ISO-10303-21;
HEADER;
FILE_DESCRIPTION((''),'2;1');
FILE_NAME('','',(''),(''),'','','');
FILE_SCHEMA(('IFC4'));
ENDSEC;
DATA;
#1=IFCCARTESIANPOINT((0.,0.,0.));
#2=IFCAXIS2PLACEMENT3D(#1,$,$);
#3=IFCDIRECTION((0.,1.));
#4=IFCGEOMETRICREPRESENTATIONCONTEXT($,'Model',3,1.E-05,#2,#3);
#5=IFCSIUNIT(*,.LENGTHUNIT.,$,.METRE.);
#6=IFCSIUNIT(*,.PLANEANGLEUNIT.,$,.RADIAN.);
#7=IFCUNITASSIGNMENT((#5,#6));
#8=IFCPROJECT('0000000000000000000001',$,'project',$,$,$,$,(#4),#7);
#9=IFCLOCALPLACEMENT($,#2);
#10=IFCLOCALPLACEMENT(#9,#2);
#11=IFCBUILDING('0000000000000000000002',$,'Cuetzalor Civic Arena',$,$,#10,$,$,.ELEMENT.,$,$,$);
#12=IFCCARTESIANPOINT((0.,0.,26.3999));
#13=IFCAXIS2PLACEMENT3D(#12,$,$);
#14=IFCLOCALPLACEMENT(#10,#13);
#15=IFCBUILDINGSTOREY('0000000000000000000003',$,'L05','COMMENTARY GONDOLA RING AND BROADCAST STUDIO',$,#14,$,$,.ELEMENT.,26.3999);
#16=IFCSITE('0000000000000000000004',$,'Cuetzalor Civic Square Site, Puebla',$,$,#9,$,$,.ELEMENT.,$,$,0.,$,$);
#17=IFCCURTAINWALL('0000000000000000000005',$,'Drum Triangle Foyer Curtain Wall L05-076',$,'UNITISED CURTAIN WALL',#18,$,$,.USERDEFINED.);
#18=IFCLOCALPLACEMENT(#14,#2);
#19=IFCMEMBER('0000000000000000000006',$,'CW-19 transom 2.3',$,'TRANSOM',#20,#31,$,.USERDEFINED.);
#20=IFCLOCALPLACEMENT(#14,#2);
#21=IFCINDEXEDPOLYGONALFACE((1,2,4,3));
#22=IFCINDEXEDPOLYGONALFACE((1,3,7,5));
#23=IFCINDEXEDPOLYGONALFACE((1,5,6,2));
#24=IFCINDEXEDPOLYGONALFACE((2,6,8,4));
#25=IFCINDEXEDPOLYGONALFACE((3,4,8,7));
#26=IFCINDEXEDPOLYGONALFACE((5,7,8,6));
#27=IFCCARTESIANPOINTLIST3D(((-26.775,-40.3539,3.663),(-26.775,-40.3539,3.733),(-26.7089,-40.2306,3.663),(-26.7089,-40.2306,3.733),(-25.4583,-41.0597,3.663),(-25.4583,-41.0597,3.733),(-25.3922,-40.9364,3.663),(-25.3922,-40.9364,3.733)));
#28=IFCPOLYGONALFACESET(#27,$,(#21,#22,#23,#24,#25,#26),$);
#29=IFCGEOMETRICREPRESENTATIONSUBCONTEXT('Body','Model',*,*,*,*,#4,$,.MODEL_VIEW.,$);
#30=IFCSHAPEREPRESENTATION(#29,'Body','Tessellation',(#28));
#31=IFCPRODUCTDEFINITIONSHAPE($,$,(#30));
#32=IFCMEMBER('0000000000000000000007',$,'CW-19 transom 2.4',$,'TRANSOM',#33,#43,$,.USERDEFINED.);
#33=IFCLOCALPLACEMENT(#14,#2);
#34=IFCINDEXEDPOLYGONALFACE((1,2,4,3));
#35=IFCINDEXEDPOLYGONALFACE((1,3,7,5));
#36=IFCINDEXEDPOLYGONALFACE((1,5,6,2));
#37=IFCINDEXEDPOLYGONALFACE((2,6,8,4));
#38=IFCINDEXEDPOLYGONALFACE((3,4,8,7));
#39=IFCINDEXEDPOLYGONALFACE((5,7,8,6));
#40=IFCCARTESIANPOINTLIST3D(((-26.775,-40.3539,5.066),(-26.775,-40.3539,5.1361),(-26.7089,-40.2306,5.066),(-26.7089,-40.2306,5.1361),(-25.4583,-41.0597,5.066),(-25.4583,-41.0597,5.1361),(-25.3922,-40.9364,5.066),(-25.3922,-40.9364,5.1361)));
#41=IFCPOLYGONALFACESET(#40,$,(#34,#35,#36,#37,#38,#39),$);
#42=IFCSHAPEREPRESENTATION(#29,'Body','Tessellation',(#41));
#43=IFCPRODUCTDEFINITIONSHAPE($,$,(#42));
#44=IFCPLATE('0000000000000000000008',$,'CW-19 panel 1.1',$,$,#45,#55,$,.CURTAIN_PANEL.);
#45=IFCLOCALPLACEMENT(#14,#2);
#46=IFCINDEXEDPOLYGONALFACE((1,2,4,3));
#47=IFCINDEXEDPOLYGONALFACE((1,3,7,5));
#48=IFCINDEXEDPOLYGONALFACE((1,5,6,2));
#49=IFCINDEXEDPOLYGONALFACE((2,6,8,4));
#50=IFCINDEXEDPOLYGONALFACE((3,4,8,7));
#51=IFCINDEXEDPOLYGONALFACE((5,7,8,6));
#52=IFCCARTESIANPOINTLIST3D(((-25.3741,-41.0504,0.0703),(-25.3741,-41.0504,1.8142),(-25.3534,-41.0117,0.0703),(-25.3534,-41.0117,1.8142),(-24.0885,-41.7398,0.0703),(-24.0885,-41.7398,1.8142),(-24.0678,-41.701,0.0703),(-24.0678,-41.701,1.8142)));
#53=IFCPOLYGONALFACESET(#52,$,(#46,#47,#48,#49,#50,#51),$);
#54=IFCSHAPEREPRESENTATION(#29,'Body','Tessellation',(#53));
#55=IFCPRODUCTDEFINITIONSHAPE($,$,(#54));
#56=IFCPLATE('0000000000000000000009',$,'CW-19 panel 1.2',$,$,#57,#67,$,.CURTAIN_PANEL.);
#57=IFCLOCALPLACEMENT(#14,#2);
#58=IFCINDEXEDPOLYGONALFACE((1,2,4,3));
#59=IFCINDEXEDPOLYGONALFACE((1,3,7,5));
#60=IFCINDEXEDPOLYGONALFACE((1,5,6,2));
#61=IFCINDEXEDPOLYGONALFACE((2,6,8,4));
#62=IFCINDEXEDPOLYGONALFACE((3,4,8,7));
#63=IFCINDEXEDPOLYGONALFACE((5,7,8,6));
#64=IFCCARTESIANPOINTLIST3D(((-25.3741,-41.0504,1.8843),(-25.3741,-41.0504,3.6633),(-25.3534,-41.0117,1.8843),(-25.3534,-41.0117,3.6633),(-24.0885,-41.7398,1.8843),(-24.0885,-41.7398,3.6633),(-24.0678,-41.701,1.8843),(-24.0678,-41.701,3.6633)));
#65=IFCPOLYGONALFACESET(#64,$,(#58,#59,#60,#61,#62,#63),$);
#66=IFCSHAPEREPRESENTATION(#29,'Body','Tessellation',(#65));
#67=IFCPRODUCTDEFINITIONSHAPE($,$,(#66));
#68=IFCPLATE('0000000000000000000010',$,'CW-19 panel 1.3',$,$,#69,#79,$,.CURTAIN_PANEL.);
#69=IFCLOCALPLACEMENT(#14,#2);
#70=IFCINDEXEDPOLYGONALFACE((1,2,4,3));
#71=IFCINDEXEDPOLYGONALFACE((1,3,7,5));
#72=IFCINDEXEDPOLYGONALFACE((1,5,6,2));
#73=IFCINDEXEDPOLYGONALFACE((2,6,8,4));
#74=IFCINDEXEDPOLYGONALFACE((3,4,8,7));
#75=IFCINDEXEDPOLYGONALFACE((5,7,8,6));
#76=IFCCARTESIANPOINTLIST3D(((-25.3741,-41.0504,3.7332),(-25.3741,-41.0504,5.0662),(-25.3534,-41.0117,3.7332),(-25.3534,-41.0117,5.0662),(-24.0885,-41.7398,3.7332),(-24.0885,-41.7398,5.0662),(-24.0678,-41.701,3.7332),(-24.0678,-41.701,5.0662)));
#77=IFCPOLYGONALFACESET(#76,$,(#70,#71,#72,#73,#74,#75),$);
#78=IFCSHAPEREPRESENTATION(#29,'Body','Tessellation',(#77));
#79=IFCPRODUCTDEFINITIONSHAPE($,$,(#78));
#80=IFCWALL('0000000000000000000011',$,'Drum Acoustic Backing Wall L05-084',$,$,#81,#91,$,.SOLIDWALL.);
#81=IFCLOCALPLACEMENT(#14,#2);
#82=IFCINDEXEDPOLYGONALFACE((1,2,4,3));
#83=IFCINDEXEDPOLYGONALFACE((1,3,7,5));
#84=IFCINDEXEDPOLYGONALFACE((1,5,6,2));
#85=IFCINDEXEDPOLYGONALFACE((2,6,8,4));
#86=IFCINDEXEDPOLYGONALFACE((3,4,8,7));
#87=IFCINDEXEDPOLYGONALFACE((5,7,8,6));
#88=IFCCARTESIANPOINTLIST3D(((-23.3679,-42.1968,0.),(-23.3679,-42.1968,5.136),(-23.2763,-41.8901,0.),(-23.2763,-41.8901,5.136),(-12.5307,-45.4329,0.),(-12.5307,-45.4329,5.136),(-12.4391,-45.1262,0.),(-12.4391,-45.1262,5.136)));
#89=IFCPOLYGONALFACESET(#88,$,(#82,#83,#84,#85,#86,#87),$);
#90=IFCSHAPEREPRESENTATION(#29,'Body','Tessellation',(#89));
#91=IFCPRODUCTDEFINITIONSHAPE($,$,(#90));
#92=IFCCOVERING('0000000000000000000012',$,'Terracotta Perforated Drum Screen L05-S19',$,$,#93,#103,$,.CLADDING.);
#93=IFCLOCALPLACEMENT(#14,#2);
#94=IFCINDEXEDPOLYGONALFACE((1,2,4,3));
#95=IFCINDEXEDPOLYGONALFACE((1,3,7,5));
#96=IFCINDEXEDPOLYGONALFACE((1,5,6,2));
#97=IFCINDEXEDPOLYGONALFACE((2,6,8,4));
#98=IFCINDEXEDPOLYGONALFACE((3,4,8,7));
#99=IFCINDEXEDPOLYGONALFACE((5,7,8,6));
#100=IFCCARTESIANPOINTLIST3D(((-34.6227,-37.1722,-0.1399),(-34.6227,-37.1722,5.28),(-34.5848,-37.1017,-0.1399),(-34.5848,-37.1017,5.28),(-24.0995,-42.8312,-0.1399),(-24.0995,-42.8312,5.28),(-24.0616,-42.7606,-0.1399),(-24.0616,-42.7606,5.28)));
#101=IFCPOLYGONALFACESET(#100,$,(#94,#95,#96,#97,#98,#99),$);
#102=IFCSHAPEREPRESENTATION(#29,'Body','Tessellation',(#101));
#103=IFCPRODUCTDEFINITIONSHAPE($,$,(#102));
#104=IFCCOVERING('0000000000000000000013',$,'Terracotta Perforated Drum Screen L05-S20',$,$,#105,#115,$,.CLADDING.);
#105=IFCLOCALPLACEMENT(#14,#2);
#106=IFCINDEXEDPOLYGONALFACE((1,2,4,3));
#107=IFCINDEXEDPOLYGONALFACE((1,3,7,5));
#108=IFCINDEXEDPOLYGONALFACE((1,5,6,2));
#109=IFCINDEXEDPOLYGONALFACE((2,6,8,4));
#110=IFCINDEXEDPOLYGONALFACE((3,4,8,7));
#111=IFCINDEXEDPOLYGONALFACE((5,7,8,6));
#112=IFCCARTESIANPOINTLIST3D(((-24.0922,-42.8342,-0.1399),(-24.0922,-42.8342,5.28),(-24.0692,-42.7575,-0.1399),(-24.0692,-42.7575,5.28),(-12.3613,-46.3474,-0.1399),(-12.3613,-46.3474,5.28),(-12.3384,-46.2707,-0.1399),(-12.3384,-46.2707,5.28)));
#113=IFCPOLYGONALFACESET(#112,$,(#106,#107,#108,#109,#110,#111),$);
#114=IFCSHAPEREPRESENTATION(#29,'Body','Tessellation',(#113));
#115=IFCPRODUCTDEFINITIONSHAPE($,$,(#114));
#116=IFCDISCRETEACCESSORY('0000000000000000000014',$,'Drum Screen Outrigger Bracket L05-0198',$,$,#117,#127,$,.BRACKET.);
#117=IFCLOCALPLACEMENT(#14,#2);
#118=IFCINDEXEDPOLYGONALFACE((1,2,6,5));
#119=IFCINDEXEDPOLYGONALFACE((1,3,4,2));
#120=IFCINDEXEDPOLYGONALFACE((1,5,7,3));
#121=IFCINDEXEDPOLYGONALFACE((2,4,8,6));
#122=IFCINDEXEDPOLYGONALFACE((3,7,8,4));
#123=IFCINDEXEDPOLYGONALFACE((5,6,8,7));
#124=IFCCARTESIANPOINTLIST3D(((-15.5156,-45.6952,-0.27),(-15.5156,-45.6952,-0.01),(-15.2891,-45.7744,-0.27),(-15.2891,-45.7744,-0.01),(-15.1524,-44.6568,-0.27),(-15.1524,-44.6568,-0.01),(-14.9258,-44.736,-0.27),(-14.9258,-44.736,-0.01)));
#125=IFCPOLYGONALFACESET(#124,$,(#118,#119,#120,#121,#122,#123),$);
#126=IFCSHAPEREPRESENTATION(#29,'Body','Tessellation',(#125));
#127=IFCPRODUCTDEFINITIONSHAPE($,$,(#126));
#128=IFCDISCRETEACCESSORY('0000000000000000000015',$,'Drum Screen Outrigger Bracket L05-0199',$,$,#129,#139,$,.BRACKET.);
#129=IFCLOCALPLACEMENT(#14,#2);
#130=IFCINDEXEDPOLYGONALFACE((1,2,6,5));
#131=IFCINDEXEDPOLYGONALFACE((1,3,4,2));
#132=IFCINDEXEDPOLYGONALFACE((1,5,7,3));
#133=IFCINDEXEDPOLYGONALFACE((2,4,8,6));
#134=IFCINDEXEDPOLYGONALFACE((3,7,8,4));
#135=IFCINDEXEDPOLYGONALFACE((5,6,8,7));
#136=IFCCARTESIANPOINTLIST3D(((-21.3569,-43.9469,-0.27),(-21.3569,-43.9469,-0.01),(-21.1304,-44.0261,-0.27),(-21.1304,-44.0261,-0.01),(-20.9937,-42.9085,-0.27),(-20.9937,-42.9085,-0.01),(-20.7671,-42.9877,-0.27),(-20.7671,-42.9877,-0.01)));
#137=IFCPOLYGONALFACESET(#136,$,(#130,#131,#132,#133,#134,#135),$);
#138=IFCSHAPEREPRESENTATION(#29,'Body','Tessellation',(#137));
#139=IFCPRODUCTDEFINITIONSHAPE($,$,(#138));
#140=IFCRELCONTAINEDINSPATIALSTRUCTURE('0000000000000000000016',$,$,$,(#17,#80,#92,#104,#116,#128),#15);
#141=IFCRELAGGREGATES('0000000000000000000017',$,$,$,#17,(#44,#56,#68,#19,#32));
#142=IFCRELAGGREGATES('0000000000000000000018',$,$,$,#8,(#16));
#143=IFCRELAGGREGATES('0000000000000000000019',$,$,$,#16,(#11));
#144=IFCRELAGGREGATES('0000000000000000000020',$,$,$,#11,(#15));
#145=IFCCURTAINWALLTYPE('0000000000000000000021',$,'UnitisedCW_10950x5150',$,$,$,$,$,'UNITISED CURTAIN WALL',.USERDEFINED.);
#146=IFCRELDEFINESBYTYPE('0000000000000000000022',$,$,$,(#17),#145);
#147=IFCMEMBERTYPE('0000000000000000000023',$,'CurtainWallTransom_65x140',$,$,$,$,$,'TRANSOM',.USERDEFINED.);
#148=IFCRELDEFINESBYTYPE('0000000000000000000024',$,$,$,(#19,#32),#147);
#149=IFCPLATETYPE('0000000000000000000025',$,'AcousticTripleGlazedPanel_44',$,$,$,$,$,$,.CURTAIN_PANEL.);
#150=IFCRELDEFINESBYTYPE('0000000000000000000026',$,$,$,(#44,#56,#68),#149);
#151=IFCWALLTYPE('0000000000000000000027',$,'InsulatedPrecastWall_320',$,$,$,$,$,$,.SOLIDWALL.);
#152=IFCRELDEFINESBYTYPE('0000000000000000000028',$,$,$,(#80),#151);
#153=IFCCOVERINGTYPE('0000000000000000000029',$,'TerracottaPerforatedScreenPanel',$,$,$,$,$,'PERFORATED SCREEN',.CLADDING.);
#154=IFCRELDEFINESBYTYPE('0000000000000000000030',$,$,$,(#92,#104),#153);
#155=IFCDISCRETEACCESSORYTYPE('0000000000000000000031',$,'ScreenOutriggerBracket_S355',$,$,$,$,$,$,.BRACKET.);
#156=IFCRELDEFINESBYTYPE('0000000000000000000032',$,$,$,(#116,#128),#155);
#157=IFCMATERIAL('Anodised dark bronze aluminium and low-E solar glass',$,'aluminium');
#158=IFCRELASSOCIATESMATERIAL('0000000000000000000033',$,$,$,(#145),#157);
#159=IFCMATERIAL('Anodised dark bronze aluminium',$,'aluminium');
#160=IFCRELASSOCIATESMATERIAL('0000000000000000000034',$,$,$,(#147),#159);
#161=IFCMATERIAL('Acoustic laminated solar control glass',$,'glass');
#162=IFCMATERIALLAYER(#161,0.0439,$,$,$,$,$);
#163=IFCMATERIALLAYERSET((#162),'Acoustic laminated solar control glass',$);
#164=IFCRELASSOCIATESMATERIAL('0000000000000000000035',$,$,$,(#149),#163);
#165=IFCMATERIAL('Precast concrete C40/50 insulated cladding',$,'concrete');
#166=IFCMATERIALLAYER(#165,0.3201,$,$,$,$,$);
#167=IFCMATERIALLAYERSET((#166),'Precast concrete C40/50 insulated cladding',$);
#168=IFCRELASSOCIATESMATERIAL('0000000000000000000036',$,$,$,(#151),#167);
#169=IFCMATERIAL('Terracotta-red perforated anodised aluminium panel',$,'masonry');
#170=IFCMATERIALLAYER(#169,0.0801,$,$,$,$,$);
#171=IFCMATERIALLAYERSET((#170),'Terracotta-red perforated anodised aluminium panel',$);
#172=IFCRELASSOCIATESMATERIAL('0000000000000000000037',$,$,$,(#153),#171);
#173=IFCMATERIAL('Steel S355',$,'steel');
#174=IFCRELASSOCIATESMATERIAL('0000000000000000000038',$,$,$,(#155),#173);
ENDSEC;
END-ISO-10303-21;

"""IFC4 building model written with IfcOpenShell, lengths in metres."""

from ifc_helpers import new_model, si_unit, direction, frame, frame_2d, origin, origin_2d, place, context, subcontext, project, spatial, rectangle, extrude, material, layer, layer_set, material_profile, profile_set, type_object, element, aggregate, save


model = new_model("IFC4")

# Units and contexts
model_context = context("Model", 3, precision=1e-05, world=origin(), true_north=direction((0.0, 1.0)))
body_context = subcontext(model_context, "Body", "Model", "MODEL_VIEW")
ifc_project = project(units=[si_unit("LENGTHUNIT", "METRE"), si_unit("PLANEANGLEUNIT", "RADIAN")], contexts=[model_context])

# Site, building, storey
site_placement = place(None, origin())
site = spatial("IfcSite", under=ifc_project, at=site_placement, Name="Cuetzalor Civic Square Site, Puebla", CompositionType="ELEMENT", RefElevation=0.0)
building_placement = place(site_placement, origin())
building = spatial("IfcBuilding", under=site, at=building_placement, Name="Cuetzalor Civic Arena", CompositionType="ELEMENT")
storey_placement = place(building_placement, frame((0.0, 0.0, 26.3999)))
storey = spatial("IfcBuildingStorey", under=building, at=storey_placement, Name="L05", Description="COMMENTARY GONDOLA RING AND BROADCAST STUDIO", CompositionType="ELEMENT", Elevation=26.3999)

# Curtain wall, members, plates
ifc_material_1 = material(Name="Anodised dark bronze aluminium and low-E solar glass", Category="aluminium")
curtain_wall_type = type_object("IfcCurtainWallType", Name="UnitisedCW_10950x5150", ElementType="UNITISED CURTAIN WALL", PredefinedType="USERDEFINED", material=ifc_material_1)
curtain_wall_placement = place(storey_placement, origin())
curtain_wall = element("IfcCurtainWall", 1, at=curtain_wall_placement, inside=storey, type_object=curtain_wall_type, Name="Drum Triangle Foyer Curtain Wall L05-076", ObjectType="UNITISED CURTAIN WALL", PredefinedType="USERDEFINED")
ifc_material_2 = material(Name="Anodised dark bronze aluminium", Category="aluminium")
ifc_material_profile_1 = material_profile(ifc_material_2, rectangle(XDim=0.1399, YDim=0.0701, at=origin_2d()), Name="ALU TRANSOM 70x140")
ifc_profile_set_1 = profile_set([ifc_material_profile_1], Name="Anodised dark bronze aluminium")
member_type_1 = type_object("IfcMemberType", Name="CurtainWallTransom_65x140", ElementType="TRANSOM", PredefinedType="USERDEFINED", material=ifc_profile_set_1)
member_1_placement = place(storey_placement, frame((-25.4253, -40.998, 3.698), z_axis=(-0.881351, 0.472462, 0.0), x_axis=(-0.472462, -0.881351, 0.0)))
member_1 = element("IfcMember", 2, at=member_1_placement, type_object=member_type_1, Name="CW-19 transom 2.3", ObjectType="TRANSOM", PredefinedType="USERDEFINED", context=body_context, shape_type="SweptSolid", body=[
    extrude(rectangle(XDim=0.1399, YDim=0.0701, at=origin_2d()), origin(), (0.0, 0.0, 1.0), 1.4939),
])
member_2_placement = place(storey_placement, frame((-25.4253, -40.998, 5.1011), z_axis=(-0.881351, 0.472462, 0.0), x_axis=(-0.472462, -0.881351, 0.0)))
member_2 = element("IfcMember", 3, at=member_2_placement, type_object=member_type_1, Name="CW-19 transom 2.4", ObjectType="TRANSOM", PredefinedType="USERDEFINED", context=body_context, shape_type="SweptSolid", body=[
    extrude(rectangle(XDim=0.1399, YDim=0.0701, at=origin_2d()), origin(), (0.0, 0.0, 1.0), 1.4939),
])
ifc_material_3 = material(Name="Acoustic laminated solar control glass", Category="glass")
ifc_layer_1 = layer(ifc_material_3, 0.0439)
ifc_layer_set_1 = layer_set([ifc_layer_1], Name="Acoustic laminated solar control glass")
plate_type = type_object("IfcPlateType", Name="AcousticTripleGlazedPanel_44", PredefinedType="CURTAIN_PANEL", material=ifc_layer_set_1)
plate_1_placement = place(storey_placement, frame((-24.7209, -41.3757, 0.0703), z_axis=(0.0, 0.0, 1.0), x_axis=(-0.881306, 0.472545, 0.0)))
plate_1 = element("IfcPlate", 4, at=plate_1_placement, type_object=plate_type, Name="CW-19 panel 1.1", PredefinedType="CURTAIN_PANEL", context=body_context, shape_type="SweptSolid", body=[
    extrude(rectangle(XDim=1.4587, YDim=0.0439, at=origin_2d()), origin(), (0.0, 0.0, 1.0), 1.7439),
])
plate_2_placement = place(storey_placement, frame((-24.7209, -41.3757, 1.8843), z_axis=(0.0, 0.0, 1.0), x_axis=(-0.881306, 0.472545, 0.0)))
plate_2 = element("IfcPlate", 5, at=plate_2_placement, type_object=plate_type, Name="CW-19 panel 1.2", PredefinedType="CURTAIN_PANEL", context=body_context, shape_type="SweptSolid", body=[
    extrude(rectangle(XDim=1.4587, YDim=0.0439, at=origin_2d()), origin(), (0.0, 0.0, 1.0), 1.7791),
])
plate_3_placement = place(storey_placement, frame((-24.7209, -41.3757, 3.7332), z_axis=(0.0, 0.0, 1.0), x_axis=(-0.881306, 0.472545, 0.0)))
plate_3 = element("IfcPlate", 6, at=plate_3_placement, type_object=plate_type, Name="CW-19 panel 1.3", PredefinedType="CURTAIN_PANEL", context=body_context, shape_type="SweptSolid", body=[
    extrude(rectangle(XDim=1.4587, YDim=0.0439, at=origin_2d()), origin(), (0.0, 0.0, 1.0), 1.333),
])
aggregate(curtain_wall, [plate_1, plate_2, plate_3, member_1, member_2])

# Wall
ifc_material_4 = material(Name="Precast concrete C40/50 insulated cladding", Category="concrete")
ifc_layer_2 = layer(ifc_material_4, 0.3201)
ifc_layer_set_2 = layer_set([ifc_layer_2], Name="Precast concrete C40/50 insulated cladding")
wall_type = type_object("IfcWallType", Name="InsulatedPrecastWall_320", PredefinedType="SOLIDWALL", material=ifc_layer_set_2)
wall_placement = place(storey_placement, frame((-12.4849, -45.2795, 0.0), z_axis=(0.0, 0.0, 1.0), x_axis=(-0.958192, 0.286126, 0.0)))
element("IfcWall", 7, at=wall_placement, inside=storey, type_object=wall_type, Name="Drum Acoustic Backing Wall L05-084", PredefinedType="SOLIDWALL", context=body_context, shape_type="SweptSolid", body=[
    extrude(rectangle(XDim=11.3101, YDim=0.3201, at=frame_2d((5.655, 0.0))), origin(), (0.0, 0.0, 1.0), 5.136),
])

# Coverings
ifc_material_5 = material(Name="Terracotta-red perforated anodised aluminium panel", Category="masonry")
ifc_layer_3 = layer(ifc_material_5, 0.0801)
ifc_layer_set_3 = layer_set([ifc_layer_3], Name="Terracotta-red perforated anodised aluminium panel")
covering_type = type_object("IfcCoveringType", Name="TerracottaPerforatedScreenPanel", ElementType="PERFORATED SCREEN", PredefinedType="CLADDING", material=ifc_layer_set_3)
covering_1_placement = place(storey_placement, frame((-24.0806, -42.7959, -0.1399), z_axis=(0.0, 0.0, 1.0), x_axis=(-0.880729, 0.47362, 0.0)))
element("IfcCovering", 8, at=covering_1_placement, inside=storey, type_object=covering_type, Name="Terracotta Perforated Drum Screen L05-S19", PredefinedType="CLADDING", context=body_context, shape_type="SweptSolid", body=[
    extrude(rectangle(XDim=11.9482, YDim=0.0801, at=frame_2d((5.9741, 0.0))), origin(), (0.0, 0.0, 1.0), 5.4199),
])
covering_2_placement = place(storey_placement, frame((-12.3499, -46.3091, -0.1399), z_axis=(0.0, 0.0, 1.0), x_axis=(-0.957962, 0.286896, 0.0)))
element("IfcCovering", 9, at=covering_2_placement, inside=storey, type_object=covering_type, Name="Terracotta Perforated Drum Screen L05-S20", PredefinedType="CLADDING", context=body_context, shape_type="SweptSolid", body=[
    extrude(rectangle(XDim=12.2456, YDim=0.0801, at=frame_2d((6.1228, 0.0))), origin(), (0.0, 0.0, 1.0), 5.4199),
])

# Discrete accessories
ifc_material_6 = material(Name="Steel S355", Category="steel")
discrete_accessory_type = type_object("IfcDiscreteAccessoryType", Name="ScreenOutriggerBracket_S355", PredefinedType="BRACKET", material=ifc_material_6)
for number, where, z_axis, x_axis, name in (
    (10, (-15.2207, -45.2156, -0.27), (0.0, 0.0, 1.0), (-0.330185, -0.943916, 0.0), "Drum Screen Outrigger Bracket L05-0198"),
    (11, (-21.062, -43.4673, -0.27), (0.0, 0.0, 1.0), (-0.330185, -0.943916, 0.0), "Drum Screen Outrigger Bracket L05-0199"),
):
    element("IfcDiscreteAccessory", number, at=place(storey_placement, frame(where, z_axis=z_axis, x_axis=x_axis)), inside=storey, type_object=discrete_accessory_type, Name=name, PredefinedType="BRACKET", context=body_context, shape_type="SweptSolid", body=[
        extrude(rectangle(XDim=1.1001, YDim=0.24, at=origin_2d()), origin(), (0.0, 0.0, 1.0), 0.26),
    ])

save(model, "model.ifc")
